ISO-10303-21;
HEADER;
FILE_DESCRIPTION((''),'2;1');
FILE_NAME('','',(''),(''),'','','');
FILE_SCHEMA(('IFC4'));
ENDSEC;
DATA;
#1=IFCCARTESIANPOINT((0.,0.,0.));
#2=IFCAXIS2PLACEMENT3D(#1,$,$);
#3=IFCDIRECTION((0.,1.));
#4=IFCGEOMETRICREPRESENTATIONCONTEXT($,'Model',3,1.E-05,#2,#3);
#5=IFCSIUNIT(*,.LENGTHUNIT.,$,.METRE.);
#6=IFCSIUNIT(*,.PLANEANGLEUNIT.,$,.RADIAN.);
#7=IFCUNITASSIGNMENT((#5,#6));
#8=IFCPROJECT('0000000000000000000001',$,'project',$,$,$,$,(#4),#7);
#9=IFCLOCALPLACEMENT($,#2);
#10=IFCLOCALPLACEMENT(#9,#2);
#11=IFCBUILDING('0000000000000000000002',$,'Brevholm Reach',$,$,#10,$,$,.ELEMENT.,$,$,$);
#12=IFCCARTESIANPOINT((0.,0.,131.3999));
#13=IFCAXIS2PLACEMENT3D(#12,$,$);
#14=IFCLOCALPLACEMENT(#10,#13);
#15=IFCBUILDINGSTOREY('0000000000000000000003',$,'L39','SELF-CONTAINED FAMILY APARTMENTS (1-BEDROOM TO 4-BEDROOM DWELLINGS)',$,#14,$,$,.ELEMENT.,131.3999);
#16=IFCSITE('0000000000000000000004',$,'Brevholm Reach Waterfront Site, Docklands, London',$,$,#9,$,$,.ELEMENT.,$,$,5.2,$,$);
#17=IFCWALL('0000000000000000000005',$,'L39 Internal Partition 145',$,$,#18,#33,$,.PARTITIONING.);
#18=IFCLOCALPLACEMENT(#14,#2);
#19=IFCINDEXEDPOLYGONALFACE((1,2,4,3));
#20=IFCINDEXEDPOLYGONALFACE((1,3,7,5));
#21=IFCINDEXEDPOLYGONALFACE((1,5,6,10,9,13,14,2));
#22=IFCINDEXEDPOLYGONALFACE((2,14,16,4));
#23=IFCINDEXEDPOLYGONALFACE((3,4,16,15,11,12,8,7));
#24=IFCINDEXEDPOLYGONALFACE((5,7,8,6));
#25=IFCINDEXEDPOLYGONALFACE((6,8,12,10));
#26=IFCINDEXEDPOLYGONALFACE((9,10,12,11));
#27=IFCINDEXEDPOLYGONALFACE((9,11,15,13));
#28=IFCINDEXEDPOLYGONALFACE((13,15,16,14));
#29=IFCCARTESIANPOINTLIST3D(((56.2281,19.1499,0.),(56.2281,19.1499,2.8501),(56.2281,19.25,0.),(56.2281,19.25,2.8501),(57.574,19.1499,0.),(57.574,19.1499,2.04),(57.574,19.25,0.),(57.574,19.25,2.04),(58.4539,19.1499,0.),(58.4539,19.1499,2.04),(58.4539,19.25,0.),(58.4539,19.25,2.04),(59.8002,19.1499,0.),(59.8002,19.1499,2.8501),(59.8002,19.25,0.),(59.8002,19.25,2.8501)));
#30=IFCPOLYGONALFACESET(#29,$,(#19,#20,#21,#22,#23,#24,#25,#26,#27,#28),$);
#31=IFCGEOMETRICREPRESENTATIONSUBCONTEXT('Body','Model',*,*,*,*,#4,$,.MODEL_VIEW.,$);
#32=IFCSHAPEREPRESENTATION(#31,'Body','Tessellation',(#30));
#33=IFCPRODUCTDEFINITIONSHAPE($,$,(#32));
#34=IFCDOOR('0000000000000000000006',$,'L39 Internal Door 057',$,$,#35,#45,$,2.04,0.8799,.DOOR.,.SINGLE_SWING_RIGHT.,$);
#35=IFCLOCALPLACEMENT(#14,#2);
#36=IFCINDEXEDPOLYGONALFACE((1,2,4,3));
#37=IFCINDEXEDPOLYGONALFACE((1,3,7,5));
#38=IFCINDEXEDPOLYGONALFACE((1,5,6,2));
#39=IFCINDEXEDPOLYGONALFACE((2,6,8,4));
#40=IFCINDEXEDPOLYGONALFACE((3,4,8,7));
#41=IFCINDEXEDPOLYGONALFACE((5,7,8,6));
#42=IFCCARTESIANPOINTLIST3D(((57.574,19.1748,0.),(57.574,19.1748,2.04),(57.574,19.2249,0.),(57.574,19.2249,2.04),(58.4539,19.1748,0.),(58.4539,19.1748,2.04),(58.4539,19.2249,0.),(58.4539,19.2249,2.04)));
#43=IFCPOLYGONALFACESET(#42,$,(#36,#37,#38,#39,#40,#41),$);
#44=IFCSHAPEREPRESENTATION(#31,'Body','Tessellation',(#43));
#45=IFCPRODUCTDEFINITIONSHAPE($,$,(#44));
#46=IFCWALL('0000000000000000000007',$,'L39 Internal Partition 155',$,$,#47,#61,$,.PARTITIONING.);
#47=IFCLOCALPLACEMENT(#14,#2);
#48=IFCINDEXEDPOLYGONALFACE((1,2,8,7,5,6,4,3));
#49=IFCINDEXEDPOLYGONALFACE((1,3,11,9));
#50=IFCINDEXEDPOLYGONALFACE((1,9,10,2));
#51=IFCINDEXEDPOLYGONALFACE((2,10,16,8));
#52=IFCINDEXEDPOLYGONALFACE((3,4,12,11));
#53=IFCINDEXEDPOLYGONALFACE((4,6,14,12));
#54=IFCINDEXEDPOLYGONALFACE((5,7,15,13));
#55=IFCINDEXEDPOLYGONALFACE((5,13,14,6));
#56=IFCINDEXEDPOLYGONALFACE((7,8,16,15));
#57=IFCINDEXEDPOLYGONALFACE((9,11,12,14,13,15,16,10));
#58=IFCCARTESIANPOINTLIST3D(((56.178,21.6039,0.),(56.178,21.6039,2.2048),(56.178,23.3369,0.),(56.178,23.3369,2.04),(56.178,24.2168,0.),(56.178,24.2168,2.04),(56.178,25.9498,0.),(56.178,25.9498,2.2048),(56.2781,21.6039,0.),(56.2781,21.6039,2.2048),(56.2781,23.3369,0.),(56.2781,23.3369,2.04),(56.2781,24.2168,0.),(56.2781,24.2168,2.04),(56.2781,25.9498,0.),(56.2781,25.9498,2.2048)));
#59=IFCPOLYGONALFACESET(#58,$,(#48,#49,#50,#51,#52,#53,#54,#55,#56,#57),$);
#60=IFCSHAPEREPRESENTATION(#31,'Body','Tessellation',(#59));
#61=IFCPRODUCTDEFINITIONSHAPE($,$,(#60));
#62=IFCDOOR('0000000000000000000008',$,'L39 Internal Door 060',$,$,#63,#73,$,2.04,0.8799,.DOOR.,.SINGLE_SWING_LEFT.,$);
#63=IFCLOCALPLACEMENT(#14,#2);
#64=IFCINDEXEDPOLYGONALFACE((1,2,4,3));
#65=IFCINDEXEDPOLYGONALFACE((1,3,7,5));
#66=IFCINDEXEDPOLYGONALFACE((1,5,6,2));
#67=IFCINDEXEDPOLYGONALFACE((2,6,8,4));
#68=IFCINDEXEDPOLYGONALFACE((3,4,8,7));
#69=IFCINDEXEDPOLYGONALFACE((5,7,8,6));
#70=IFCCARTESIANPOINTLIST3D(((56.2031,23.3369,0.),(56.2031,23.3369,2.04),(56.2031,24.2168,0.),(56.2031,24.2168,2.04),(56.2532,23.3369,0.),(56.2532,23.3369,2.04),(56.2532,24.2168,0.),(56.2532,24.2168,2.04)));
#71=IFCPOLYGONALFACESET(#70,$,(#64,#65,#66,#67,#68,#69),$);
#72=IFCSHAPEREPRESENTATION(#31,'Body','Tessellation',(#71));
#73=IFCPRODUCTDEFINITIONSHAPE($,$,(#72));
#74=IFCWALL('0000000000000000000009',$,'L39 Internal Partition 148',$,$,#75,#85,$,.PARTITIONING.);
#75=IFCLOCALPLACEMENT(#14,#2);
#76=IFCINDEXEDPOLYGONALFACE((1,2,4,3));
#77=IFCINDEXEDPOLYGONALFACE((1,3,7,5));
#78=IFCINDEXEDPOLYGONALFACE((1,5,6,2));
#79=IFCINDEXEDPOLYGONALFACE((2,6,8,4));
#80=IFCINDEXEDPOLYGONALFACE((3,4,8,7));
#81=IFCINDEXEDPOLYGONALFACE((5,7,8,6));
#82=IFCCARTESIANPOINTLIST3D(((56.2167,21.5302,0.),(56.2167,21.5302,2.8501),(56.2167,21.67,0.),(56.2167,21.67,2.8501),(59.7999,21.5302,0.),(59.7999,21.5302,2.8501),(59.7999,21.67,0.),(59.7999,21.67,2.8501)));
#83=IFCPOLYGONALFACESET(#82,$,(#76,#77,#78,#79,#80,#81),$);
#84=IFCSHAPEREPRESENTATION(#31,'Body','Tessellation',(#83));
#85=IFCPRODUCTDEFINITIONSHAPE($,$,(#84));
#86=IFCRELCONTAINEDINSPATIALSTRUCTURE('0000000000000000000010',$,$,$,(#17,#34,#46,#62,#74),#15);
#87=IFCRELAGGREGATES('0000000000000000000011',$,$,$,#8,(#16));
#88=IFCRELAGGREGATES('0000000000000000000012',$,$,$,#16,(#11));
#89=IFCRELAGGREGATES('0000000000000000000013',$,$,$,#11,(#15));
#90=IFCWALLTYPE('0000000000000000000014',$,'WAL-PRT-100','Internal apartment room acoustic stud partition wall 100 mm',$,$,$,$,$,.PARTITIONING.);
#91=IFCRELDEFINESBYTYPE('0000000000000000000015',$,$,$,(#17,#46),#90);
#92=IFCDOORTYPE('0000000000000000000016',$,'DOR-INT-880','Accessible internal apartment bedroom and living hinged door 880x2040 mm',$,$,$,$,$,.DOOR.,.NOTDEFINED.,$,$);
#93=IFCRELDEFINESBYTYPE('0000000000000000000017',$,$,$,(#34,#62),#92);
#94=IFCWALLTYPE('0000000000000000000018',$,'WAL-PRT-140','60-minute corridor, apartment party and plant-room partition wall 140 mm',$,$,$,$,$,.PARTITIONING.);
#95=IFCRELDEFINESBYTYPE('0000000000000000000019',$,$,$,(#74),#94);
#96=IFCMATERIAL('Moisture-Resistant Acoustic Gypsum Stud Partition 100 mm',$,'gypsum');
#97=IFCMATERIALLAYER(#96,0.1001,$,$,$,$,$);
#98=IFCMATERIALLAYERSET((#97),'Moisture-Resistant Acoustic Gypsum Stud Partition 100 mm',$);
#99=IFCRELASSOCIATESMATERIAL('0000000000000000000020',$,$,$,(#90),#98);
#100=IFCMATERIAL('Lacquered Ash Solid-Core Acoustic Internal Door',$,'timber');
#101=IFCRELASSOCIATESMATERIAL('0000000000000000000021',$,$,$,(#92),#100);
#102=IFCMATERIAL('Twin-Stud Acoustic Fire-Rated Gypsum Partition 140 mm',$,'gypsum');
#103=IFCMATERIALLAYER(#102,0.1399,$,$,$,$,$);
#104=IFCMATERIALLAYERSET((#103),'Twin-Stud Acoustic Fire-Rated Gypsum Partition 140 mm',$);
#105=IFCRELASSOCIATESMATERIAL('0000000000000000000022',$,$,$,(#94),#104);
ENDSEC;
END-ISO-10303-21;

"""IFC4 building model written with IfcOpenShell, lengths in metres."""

from ifc_helpers import new_model, si_unit, direction, frame, frame_2d, origin, place, context, subcontext, project, spatial, rectangle, extrude, material, layer, layer_set, type_object, element, fill, save


model = new_model("IFC4")

# Units and contexts
model_context = context("Model", 3, precision=1e-05, world=origin(), true_north=direction((0.0, 1.0)))
body_context = subcontext(model_context, "Body", "Model", "MODEL_VIEW")
ifc_project = project(units=[si_unit("LENGTHUNIT", "METRE"), si_unit("PLANEANGLEUNIT", "RADIAN")], contexts=[model_context])

# Site, building, storey
site_placement = place(None, origin())
site = spatial("IfcSite", under=ifc_project, at=site_placement, Name="Brevholm Reach Waterfront Site, Docklands, London", CompositionType="ELEMENT", RefElevation=5.2)
building_placement = place(site_placement, origin())
building = spatial("IfcBuilding", under=site, at=building_placement, Name="Brevholm Reach", CompositionType="ELEMENT")
storey_placement = place(building_placement, frame((0.0, 0.0, 131.3999)))
storey = spatial("IfcBuildingStorey", under=building, at=storey_placement, Name="L39", Description="SELF-CONTAINED FAMILY APARTMENTS (1-BEDROOM TO 4-BEDROOM DWELLINGS)", CompositionType="ELEMENT", Elevation=131.3999)

# Walls, openings, doors
ifc_material_1 = material(Name="Moisture-Resistant Acoustic Gypsum Stud Partition 100 mm", Category="gypsum")
ifc_layer_1 = layer(ifc_material_1, 0.1001)
ifc_layer_set_1 = layer_set([ifc_layer_1], Name="Moisture-Resistant Acoustic Gypsum Stud Partition 100 mm")
wall_type_1 = type_object("IfcWallType", Name="WAL-PRT-100", Description="Internal apartment room acoustic stud partition wall 100 mm", PredefinedType="PARTITIONING", material=ifc_layer_set_1)
wall_1_placement = place(storey_placement, frame((56.228, 19.2, 0.0), z_axis=(0.0, 0.0, 1.0), x_axis=(1.0, 0.0, 0.0)))
wall_1 = element("IfcWall", 1, at=wall_1_placement, inside=storey, type_object=wall_type_1, Name="L39 Internal Partition 145", PredefinedType="PARTITIONING", context=body_context, shape_type="SweptSolid", body=[
    extrude(rectangle(XDim=3.572, YDim=0.1001, at=frame_2d((1.7861, 0.0))), origin(), (0.0, 0.0, 1.0), 2.8501),
])
opening_1_placement = place(wall_1_placement, frame((1.3459, 0.0, 0.0)))
opening_1 = element("IfcOpeningElement", 2, at=opening_1_placement, cuts=wall_1, PredefinedType="OPENING", context=body_context, shape_type="SweptSolid", body=[
    extrude(rectangle(XDim=0.8799, YDim=2.04, at=frame_2d((0.4399, 1.02))), frame((0.0, 0.0601, 0.0), z_axis=(0.0, -1.0, 0.0), x_axis=(1.0, 0.0, 0.0)), (0.0, 0.0, 1.0), 0.1201),
])
ifc_material_2 = material(Name="Lacquered Ash Solid-Core Acoustic Internal Door", Category="timber")
door_type = type_object("IfcDoorType", Name="DOR-INT-880", Description="Accessible internal apartment bedroom and living hinged door 880x2040 mm", OperationType="NOTDEFINED", PredefinedType="DOOR", material=ifc_material_2)
door_1_placement = place(opening_1_placement, origin())
door_1 = element("IfcDoor", 3, at=door_1_placement, inside=storey, type_object=door_type, Name="L39 Internal Door 057", OperationType="SINGLE_SWING_RIGHT", OverallHeight=2.04, OverallWidth=0.8799, PredefinedType="DOOR", context=body_context, shape_type="SweptSolid", body=[
    extrude(rectangle(XDim=0.8799, YDim=2.04, at=frame_2d((0.4399, 1.02))), frame((0.0, 0.0249, 0.0), z_axis=(0.0, -1.0, 0.0), x_axis=(1.0, 0.0, 0.0)), (0.0, 0.0, 1.0), 0.05),
])
fill(opening_1, door_1)
wall_2_placement = place(storey_placement, frame((56.228, 21.604, 0.0), z_axis=(0.0, 0.0, 1.0), x_axis=(0.0, 1.0, 0.0)))
wall_2 = element("IfcWall", 4, at=wall_2_placement, inside=storey, type_object=wall_type_1, Name="L39 Internal Partition 155", PredefinedType="PARTITIONING", context=body_context, shape_type="SweptSolid", body=[
    extrude(rectangle(XDim=4.3459, YDim=0.1001, at=frame_2d((2.1729, 0.0))), origin(), (0.0, 0.0, 1.0), 2.2048),
])
opening_2_placement = place(wall_2_placement, frame((1.7329, 0.0, 0.0)))
opening_2 = element("IfcOpeningElement", 5, at=opening_2_placement, cuts=wall_2, PredefinedType="OPENING", context=body_context, shape_type="SweptSolid", body=[
    extrude(rectangle(XDim=0.8799, YDim=2.04, at=frame_2d((0.4399, 1.02))), frame((0.0, 0.0601, 0.0), z_axis=(0.0, -1.0, 0.0), x_axis=(1.0, 0.0, 0.0)), (0.0, 0.0, 1.0), 0.1201),
])
door_2_placement = place(opening_2_placement, origin())
door_2 = element("IfcDoor", 6, at=door_2_placement, inside=storey, type_object=door_type, Name="L39 Internal Door 060", OperationType="SINGLE_SWING_LEFT", OverallHeight=2.04, OverallWidth=0.8799, PredefinedType="DOOR", context=body_context, shape_type="SweptSolid", body=[
    extrude(rectangle(XDim=0.8799, YDim=2.04, at=frame_2d((0.4399, 1.02))), frame((0.0, 0.0249, 0.0), z_axis=(0.0, -1.0, 0.0), x_axis=(1.0, 0.0, 0.0)), (0.0, 0.0, 1.0), 0.05),
])
fill(opening_2, door_2)

# Wall
ifc_material_3 = material(Name="Twin-Stud Acoustic Fire-Rated Gypsum Partition 140 mm", Category="gypsum")
ifc_layer_2 = layer(ifc_material_3, 0.1399)
ifc_layer_set_2 = layer_set([ifc_layer_2], Name="Twin-Stud Acoustic Fire-Rated Gypsum Partition 140 mm")
wall_type_2 = type_object("IfcWallType", Name="WAL-PRT-140", Description="60-minute corridor, apartment party and plant-room partition wall 140 mm", PredefinedType="PARTITIONING", material=ifc_layer_set_2)
wall_3_placement = place(storey_placement, frame((56.2168, 21.6001, 0.0), z_axis=(0.0, 0.0, 1.0), x_axis=(1.0, 0.0, 0.0)))
element("IfcWall", 7, at=wall_3_placement, inside=storey, type_object=wall_type_2, Name="L39 Internal Partition 148", PredefinedType="PARTITIONING", context=body_context, shape_type="SweptSolid", body=[
    extrude(rectangle(XDim=3.5833, YDim=0.1399, at=frame_2d((1.7915, 0.0))), origin(), (0.0, 0.0, 1.0), 2.8501),
])

save(model, "model.ifc")
